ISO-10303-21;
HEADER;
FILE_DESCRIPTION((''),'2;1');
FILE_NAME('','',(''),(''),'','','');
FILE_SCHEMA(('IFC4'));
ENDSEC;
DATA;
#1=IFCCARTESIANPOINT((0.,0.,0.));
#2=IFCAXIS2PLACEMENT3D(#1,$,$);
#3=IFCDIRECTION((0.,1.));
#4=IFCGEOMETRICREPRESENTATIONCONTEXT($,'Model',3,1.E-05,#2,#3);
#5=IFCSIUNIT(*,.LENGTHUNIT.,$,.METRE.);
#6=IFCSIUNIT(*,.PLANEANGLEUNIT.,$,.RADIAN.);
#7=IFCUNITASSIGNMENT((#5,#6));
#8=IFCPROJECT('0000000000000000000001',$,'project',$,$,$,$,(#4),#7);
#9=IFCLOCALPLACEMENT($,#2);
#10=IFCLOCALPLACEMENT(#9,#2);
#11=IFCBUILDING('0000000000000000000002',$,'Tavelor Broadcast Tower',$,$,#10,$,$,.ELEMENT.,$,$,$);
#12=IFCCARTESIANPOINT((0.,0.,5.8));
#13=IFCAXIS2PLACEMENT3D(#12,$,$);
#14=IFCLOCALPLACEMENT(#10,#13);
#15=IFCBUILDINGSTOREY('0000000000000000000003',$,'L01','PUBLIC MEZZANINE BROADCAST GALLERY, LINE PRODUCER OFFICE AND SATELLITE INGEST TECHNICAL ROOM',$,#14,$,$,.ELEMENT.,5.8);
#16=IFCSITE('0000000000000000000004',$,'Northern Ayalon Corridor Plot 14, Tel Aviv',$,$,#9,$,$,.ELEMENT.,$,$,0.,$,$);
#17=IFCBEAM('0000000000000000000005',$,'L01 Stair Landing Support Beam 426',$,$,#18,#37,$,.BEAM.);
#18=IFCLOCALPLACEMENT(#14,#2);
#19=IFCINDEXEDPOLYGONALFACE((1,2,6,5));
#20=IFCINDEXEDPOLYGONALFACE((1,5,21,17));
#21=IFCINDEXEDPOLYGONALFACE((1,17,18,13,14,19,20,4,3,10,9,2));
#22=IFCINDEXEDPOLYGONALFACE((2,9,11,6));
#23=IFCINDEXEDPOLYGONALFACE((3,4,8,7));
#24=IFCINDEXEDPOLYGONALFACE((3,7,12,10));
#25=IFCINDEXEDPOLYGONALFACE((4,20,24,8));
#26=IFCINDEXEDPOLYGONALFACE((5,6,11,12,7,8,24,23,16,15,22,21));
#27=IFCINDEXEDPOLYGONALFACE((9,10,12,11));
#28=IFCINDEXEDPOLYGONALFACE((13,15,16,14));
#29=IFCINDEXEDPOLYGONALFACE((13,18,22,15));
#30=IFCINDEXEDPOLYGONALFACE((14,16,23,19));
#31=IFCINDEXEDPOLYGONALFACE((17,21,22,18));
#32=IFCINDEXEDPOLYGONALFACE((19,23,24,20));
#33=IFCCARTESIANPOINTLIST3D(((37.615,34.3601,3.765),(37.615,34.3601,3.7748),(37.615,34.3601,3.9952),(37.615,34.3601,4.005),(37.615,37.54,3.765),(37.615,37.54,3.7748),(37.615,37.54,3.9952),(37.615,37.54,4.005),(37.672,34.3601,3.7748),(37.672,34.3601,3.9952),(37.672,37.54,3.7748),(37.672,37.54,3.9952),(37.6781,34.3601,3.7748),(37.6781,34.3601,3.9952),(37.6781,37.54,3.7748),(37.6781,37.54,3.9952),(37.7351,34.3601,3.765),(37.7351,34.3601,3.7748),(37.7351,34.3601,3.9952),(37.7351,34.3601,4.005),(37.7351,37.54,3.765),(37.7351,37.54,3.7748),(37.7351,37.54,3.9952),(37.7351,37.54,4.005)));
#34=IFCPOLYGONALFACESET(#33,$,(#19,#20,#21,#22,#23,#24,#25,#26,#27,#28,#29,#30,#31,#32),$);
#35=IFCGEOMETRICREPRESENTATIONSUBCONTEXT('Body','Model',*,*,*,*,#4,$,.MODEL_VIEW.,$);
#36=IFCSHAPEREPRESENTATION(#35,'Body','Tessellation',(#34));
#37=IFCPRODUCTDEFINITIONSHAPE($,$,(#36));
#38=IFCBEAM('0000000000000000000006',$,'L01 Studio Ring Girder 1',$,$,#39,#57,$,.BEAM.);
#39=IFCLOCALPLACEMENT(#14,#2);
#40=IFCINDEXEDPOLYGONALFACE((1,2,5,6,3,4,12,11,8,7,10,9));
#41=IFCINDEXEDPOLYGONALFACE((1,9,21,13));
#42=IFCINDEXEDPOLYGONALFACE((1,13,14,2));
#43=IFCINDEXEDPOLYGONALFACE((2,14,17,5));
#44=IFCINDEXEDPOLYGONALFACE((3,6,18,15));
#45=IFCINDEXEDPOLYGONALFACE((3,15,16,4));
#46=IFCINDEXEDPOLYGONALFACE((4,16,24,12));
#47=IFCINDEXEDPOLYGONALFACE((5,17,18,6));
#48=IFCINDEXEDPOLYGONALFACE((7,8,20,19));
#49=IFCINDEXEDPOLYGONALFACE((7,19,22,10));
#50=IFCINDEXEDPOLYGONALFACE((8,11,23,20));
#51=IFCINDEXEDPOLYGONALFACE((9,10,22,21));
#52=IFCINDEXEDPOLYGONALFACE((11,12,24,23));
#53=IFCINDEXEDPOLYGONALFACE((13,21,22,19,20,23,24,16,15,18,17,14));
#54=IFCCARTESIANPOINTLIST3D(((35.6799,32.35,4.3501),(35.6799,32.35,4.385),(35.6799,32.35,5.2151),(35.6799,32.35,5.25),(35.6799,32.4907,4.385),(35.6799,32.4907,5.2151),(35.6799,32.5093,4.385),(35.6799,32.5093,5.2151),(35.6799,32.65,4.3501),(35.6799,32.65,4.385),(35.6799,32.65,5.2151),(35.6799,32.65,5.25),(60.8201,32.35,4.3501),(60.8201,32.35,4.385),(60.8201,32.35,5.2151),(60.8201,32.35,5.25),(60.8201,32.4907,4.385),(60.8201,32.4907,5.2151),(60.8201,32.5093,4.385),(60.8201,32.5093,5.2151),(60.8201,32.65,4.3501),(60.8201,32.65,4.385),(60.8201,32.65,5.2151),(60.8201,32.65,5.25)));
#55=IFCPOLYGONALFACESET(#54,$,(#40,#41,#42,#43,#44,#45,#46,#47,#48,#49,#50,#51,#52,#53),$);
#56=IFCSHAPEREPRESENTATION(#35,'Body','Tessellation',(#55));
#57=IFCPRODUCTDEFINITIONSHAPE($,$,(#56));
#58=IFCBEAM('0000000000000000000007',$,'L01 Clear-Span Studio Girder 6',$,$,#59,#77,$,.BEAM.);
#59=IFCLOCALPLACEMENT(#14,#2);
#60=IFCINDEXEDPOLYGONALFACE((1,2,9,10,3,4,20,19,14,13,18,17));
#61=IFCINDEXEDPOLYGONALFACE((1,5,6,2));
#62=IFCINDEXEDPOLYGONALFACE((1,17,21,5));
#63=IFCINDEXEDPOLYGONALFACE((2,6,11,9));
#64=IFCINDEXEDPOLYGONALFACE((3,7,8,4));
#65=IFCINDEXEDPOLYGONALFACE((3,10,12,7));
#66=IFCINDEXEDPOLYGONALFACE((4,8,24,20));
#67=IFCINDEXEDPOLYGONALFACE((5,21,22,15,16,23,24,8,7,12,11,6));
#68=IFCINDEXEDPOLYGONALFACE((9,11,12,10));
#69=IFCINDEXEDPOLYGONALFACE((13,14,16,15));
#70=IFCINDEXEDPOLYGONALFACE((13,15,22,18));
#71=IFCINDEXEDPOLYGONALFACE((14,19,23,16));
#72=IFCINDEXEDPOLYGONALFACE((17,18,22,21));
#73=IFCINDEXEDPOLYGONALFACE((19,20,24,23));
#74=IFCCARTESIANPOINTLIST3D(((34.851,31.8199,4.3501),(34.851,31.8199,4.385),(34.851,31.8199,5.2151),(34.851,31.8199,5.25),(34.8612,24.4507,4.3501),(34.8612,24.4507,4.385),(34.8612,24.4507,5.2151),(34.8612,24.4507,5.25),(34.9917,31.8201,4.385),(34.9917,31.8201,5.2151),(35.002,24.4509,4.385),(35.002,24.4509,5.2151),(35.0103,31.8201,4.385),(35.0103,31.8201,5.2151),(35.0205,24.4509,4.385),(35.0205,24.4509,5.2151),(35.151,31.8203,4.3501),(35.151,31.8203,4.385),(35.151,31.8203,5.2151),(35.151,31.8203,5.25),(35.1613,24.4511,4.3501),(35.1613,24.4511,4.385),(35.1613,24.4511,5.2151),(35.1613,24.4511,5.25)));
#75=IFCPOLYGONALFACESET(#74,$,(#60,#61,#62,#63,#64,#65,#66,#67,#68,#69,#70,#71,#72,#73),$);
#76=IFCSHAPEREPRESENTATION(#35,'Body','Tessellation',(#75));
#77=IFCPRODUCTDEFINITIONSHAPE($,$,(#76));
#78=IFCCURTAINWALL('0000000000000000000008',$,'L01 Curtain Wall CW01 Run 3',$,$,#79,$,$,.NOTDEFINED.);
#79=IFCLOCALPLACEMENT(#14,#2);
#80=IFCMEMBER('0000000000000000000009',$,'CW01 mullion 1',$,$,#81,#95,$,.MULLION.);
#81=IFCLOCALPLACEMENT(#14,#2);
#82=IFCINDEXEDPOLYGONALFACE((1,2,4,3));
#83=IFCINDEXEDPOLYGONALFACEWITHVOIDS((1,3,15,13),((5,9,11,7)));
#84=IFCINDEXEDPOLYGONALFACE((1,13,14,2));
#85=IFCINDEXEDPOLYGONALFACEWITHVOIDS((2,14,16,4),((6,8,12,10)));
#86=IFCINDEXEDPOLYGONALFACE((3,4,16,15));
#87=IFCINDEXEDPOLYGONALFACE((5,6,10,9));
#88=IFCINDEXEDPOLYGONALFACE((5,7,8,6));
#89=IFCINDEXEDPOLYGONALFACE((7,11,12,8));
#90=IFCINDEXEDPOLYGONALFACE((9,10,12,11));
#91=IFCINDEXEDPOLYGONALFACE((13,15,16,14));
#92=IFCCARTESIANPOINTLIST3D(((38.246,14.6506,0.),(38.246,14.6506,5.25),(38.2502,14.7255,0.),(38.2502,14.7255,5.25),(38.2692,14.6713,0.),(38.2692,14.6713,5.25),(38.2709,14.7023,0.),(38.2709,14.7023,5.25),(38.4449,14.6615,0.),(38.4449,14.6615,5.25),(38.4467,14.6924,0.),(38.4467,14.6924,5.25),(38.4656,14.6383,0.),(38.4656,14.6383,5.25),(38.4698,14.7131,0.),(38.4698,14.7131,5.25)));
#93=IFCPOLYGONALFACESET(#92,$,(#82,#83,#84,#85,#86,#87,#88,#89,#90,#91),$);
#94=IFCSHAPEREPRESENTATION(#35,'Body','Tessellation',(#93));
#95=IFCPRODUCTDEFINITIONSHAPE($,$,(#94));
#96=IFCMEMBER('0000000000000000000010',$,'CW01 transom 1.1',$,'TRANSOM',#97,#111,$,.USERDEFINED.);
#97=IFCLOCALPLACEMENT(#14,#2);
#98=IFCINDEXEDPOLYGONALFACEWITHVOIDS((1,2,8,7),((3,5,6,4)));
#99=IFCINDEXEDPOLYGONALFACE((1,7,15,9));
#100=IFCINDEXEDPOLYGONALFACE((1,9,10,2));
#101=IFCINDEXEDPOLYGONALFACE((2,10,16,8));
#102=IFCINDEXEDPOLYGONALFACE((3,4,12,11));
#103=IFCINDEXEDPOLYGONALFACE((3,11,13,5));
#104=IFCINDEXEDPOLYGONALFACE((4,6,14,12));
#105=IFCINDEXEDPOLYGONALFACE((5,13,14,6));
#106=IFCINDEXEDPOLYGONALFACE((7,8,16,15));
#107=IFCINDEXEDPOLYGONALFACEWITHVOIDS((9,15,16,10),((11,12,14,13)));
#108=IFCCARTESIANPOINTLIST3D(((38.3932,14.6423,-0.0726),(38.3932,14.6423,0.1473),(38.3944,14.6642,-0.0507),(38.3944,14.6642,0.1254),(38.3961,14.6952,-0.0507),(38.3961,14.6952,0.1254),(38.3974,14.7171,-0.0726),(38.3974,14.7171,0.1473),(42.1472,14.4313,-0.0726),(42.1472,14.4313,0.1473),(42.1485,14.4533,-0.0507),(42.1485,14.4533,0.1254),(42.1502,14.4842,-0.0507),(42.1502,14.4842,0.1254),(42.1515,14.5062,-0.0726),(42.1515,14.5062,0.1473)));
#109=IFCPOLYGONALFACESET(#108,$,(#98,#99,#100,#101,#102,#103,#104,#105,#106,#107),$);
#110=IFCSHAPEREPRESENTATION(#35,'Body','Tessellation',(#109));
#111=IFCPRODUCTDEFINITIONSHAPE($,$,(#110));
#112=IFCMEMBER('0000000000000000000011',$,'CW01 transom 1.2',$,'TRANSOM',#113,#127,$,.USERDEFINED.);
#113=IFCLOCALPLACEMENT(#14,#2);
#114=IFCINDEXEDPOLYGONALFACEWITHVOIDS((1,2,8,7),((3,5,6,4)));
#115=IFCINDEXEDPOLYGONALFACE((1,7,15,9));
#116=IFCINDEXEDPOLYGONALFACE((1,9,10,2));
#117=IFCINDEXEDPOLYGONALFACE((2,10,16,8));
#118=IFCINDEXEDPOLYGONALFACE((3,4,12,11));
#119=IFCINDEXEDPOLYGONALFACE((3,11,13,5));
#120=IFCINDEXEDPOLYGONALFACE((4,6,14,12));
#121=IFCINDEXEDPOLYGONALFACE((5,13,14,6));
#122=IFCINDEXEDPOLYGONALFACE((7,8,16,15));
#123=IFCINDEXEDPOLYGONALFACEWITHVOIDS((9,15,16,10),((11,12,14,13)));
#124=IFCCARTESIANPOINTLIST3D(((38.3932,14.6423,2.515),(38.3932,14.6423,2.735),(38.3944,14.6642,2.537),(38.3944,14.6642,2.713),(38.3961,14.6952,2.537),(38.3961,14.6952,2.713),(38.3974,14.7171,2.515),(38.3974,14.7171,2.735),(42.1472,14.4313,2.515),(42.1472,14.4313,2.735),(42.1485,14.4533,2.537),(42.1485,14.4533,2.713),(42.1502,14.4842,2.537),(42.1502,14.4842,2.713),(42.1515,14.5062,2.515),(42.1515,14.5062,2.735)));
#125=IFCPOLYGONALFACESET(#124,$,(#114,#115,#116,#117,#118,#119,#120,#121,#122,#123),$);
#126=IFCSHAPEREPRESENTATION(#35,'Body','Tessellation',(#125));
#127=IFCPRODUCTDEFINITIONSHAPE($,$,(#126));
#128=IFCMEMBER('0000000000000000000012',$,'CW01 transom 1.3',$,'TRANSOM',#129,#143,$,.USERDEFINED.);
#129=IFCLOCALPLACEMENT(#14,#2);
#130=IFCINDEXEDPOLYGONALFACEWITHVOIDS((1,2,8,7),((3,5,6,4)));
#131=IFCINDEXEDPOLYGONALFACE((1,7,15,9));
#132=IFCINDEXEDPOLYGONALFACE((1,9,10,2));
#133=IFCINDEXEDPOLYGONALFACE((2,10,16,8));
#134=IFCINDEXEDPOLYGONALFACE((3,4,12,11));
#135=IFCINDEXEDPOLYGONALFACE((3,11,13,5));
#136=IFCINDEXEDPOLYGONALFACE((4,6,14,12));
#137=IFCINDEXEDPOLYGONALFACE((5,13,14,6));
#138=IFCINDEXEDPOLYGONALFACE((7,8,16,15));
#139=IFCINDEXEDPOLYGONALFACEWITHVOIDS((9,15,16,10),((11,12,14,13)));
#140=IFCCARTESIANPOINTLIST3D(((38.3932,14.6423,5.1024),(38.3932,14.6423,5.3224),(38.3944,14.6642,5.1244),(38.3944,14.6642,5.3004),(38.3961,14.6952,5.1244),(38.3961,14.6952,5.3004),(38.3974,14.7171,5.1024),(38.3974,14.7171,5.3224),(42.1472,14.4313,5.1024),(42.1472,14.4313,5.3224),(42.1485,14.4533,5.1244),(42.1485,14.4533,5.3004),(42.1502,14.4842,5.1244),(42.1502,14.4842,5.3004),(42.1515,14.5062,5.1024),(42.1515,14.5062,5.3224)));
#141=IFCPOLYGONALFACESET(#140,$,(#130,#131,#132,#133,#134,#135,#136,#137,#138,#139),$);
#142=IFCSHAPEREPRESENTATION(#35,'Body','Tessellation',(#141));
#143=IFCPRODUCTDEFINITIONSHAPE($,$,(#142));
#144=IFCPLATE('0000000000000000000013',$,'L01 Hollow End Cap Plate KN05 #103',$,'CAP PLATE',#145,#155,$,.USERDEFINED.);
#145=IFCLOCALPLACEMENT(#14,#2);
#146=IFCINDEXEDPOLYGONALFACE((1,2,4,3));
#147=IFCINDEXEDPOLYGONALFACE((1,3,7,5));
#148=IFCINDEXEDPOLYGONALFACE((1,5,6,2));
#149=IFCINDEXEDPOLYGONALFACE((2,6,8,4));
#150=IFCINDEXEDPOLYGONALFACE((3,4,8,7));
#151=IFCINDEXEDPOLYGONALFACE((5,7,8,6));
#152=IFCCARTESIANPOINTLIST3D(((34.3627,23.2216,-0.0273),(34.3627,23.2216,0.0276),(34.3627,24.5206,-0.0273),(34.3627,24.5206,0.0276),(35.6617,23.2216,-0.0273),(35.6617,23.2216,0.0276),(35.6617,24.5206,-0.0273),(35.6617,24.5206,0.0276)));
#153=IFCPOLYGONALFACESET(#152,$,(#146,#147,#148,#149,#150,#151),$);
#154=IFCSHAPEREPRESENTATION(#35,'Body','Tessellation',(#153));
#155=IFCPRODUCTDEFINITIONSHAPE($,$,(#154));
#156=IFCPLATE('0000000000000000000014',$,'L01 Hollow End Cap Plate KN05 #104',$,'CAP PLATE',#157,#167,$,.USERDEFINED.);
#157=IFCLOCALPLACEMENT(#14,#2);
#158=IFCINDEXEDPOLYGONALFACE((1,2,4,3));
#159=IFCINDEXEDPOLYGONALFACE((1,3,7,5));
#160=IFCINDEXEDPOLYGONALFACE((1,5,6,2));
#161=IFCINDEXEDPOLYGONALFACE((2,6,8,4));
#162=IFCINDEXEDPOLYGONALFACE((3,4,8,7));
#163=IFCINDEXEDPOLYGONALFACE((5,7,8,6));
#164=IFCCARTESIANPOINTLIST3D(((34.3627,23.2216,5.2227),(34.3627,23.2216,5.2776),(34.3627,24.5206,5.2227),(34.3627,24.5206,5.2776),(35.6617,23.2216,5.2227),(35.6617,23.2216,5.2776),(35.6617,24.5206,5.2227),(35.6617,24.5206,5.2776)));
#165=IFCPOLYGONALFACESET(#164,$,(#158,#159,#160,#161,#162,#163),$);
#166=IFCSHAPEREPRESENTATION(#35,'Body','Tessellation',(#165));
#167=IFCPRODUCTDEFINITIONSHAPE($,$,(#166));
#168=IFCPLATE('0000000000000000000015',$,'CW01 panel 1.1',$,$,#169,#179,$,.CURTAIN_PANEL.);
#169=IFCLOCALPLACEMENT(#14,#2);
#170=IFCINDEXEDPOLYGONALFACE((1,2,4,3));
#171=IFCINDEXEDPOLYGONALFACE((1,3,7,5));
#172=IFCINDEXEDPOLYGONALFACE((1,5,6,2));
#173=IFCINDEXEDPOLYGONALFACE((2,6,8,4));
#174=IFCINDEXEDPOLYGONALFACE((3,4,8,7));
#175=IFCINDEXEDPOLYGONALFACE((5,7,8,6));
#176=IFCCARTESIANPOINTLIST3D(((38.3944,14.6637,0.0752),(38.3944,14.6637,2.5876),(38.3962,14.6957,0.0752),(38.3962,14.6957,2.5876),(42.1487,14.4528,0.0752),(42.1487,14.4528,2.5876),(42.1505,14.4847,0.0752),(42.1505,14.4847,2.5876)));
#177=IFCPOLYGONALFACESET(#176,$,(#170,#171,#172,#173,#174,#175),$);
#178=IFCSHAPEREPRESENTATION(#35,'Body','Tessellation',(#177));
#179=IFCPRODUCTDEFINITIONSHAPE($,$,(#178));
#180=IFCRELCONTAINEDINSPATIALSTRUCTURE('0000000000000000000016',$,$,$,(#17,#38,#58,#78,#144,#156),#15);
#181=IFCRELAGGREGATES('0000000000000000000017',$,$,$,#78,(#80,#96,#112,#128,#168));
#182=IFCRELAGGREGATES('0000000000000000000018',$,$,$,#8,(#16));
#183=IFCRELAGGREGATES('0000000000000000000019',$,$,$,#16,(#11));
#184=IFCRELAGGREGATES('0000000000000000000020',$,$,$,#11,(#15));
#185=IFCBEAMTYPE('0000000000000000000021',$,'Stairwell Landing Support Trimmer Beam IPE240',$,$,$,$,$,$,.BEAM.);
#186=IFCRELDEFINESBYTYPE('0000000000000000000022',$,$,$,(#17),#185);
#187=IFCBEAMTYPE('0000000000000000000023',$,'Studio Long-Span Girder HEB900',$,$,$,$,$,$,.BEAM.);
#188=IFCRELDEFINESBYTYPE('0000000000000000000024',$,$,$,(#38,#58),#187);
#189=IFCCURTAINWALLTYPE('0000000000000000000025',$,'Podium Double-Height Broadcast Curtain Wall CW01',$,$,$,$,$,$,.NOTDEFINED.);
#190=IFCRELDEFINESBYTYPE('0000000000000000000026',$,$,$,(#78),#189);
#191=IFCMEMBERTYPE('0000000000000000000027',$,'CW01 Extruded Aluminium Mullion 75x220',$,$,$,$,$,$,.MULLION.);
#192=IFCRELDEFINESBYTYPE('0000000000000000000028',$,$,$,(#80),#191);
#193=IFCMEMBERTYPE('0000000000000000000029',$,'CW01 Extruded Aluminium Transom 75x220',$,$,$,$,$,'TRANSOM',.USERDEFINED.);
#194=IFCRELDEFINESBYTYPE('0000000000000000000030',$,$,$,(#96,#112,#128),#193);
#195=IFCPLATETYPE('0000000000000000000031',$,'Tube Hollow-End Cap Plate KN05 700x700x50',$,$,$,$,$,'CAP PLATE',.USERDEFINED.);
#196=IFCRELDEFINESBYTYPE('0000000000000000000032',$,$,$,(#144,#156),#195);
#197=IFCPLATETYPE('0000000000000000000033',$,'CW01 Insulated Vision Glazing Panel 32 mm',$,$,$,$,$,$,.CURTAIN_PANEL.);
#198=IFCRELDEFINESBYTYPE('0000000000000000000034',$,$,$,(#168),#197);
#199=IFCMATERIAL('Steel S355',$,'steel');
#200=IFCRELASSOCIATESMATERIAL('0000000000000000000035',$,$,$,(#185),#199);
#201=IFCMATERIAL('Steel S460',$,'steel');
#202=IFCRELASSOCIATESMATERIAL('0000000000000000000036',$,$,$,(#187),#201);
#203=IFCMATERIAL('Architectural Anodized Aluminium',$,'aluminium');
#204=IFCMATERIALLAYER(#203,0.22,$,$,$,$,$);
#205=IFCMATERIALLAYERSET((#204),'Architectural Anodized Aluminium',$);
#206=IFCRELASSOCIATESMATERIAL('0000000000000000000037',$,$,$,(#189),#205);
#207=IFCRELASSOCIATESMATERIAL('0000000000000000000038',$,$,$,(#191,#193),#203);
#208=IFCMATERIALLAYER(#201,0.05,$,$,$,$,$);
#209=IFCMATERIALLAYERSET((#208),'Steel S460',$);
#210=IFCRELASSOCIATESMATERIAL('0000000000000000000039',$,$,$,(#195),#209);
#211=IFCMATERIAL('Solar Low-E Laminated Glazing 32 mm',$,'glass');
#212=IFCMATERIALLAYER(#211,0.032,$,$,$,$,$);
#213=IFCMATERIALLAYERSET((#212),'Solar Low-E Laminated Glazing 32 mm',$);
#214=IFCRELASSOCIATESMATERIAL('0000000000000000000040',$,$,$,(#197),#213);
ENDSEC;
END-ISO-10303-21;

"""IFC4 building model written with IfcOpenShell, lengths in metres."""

from ifc_helpers import new_model, si_unit, direction, frame, origin, origin_2d, place, context, subcontext, project, spatial, rectangle, hollow_rectangle, i_section, extrude, source, transform, mapped, material, layer, layer_set, material_profile, profile_set, type_object, type_shapes, element, aggregate, save


model = new_model("IFC4")

# Units and contexts
model_context = context("Model", 3, precision=1e-05, world=origin(), true_north=direction((0.0, 1.0)))
body_context = subcontext(model_context, "Body", "Model", "MODEL_VIEW")
ifc_project = project(units=[si_unit("LENGTHUNIT", "METRE"), si_unit("PLANEANGLEUNIT", "RADIAN")], contexts=[model_context])

# Site, building, storey
site_placement = place(None, origin())
site = spatial("IfcSite", under=ifc_project, at=site_placement, Name="Northern Ayalon Corridor Plot 14, Tel Aviv", CompositionType="ELEMENT", RefElevation=0.0)
building_placement = place(site_placement, origin())
building = spatial("IfcBuilding", under=site, at=building_placement, Name="Tavelor Broadcast Tower", CompositionType="ELEMENT")
storey_placement = place(building_placement, frame((0.0, 0.0, 5.8)))
storey = spatial("IfcBuildingStorey", under=building, at=storey_placement, Name="L01", Description="PUBLIC MEZZANINE BROADCAST GALLERY, LINE PRODUCER OFFICE AND SATELLITE INGEST TECHNICAL ROOM", CompositionType="ELEMENT", Elevation=5.8)

# Shared definitions
ifc_material_1 = material(Name="Steel S460", Category="steel")

# Beams
ifc_material_2 = material(Name="Steel S355", Category="steel")
ifc_material_profile_1 = material_profile(ifc_material_2, i_section(OverallWidth=0.1201, OverallDepth=0.24, WebThickness=0.0061, FlangeThickness=0.0098, at=origin_2d()), Name="IPE 240")
ifc_profile_set_1 = profile_set([ifc_material_profile_1], Name="Steel S355")
beam_type_1 = type_object("IfcBeamType", Name="Stairwell Landing Support Trimmer Beam IPE240", PredefinedType="BEAM", material=ifc_profile_set_1)
for number, where, z_axis, x_axis, name in (
    (1, (37.675, 34.3601, 3.885), (0.0, 1.0, 0.0), (-1.0, 0.0, 0.0), "L01 Stair Landing Support Beam 426"),
):
    element("IfcBeam", number, at=place(storey_placement, frame(where, z_axis=z_axis, x_axis=x_axis)), inside=storey, type_object=beam_type_1, Name=name, PredefinedType="BEAM", context=body_context, shape_type="SweptSolid", body=[
        extrude(i_section(OverallWidth=0.1201, OverallDepth=0.24, WebThickness=0.0061, FlangeThickness=0.0098, at=origin_2d()), origin(), (0.0, 0.0, 1.0), 3.1799),
    ])
ifc_material_profile_2 = material_profile(ifc_material_1, i_section(OverallWidth=0.3, OverallDepth=0.8999, WebThickness=0.0186, FlangeThickness=0.0349, at=origin_2d()), Name="HEB 900")
ifc_profile_set_2 = profile_set([ifc_material_profile_2], Name="Steel S460")
beam_type_2 = type_object("IfcBeamType", Name="Studio Long-Span Girder HEB900", PredefinedType="BEAM", material=ifc_profile_set_2)
beam_1_placement = place(storey_placement, frame((35.6799, 32.5, 4.8), z_axis=(1.0, 0.0, 0.0), x_axis=(0.0, 1.0, 0.0)))
element("IfcBeam", 2, at=beam_1_placement, inside=storey, type_object=beam_type_2, Name="L01 Studio Ring Girder 1", PredefinedType="BEAM", context=body_context, shape_type="SweptSolid", body=[
    extrude(i_section(OverallWidth=0.3, OverallDepth=0.8999, WebThickness=0.0186, FlangeThickness=0.0349, at=origin_2d()), origin(), (0.0, 0.0, 1.0), 25.1401),
])
beam_2_placement = place(storey_placement, frame((35.001, 31.8201, 4.8), z_axis=(0.001391, -0.999999, 0.0), x_axis=(0.999999, 0.001391, 0.0)))
element("IfcBeam", 3, at=beam_2_placement, inside=storey, type_object=beam_type_2, Name="L01 Clear-Span Studio Girder 6", PredefinedType="BEAM", context=body_context, shape_type="SweptSolid", body=[
    extrude(i_section(OverallWidth=0.3, OverallDepth=0.8999, WebThickness=0.0186, FlangeThickness=0.0349, at=origin_2d()), origin(), (0.0, 0.0, 1.0), 7.3691),
])

# Curtain wall, members
ifc_material_3 = material(Name="Architectural Anodized Aluminium", Category="aluminium")
ifc_layer_1 = layer(ifc_material_3, 0.22)
ifc_layer_set_1 = layer_set([ifc_layer_1], Name="Architectural Anodized Aluminium")
curtain_wall_type = type_object("IfcCurtainWallType", Name="Podium Double-Height Broadcast Curtain Wall CW01", PredefinedType="NOTDEFINED", material=ifc_layer_set_1)
curtain_wall_placement = place(storey_placement, origin())
curtain_wall = element("IfcCurtainWall", 4, at=curtain_wall_placement, inside=storey, type_object=curtain_wall_type, Name="L01 Curtain Wall CW01 Run 3", PredefinedType="NOTDEFINED")
ifc_material_profile_3 = material_profile(ifc_material_3, hollow_rectangle(XDim=0.075, YDim=0.22, WallThickness=0.022, at=origin_2d()), Name="RHS 75x220x22")
ifc_profile_set_3 = profile_set([ifc_material_profile_3], Name="Architectural Anodized Aluminium")
member_type_1 = type_object("IfcMemberType", Name="CW01 Extruded Aluminium Mullion 75x220", PredefinedType="MULLION", material=ifc_profile_set_3)
shared_shape_1 = source(origin(), body_context, "Body", "SweptSolid", [
    extrude(hollow_rectangle(XDim=0.075, YDim=0.22, WallThickness=0.022, at=origin_2d()), origin(), (0.0, 0.0, 1.0), 5.25),
])
type_shapes(member_type_1, [shared_shape_1])
member_1_placement = place(storey_placement, frame((38.3579, 14.6819, 0.0), z_axis=(0.0, 0.0, 1.0), x_axis=(0.056103, 0.998425, 0.0)))
member_1 = element("IfcMember", 5, at=member_1_placement, type_object=member_type_1, Name="CW01 mullion 1", PredefinedType="MULLION", context=body_context, shape_type="MappedRepresentation", body=[
    mapped(shared_shape_1, transform((0.0, 0.0, 0.0), scale=1.0)),
])
ifc_material_profile_4 = material_profile(ifc_material_3, hollow_rectangle(XDim=0.075, YDim=0.22, WallThickness=0.022, at=origin_2d()), Name="RHS 75x220x22")
ifc_profile_set_4 = profile_set([ifc_material_profile_4], Name="Architectural Anodized Aluminium")
member_type_2 = type_object("IfcMemberType", Name="CW01 Extruded Aluminium Transom 75x220", ElementType="TRANSOM", PredefinedType="USERDEFINED", material=ifc_profile_set_4)
shared_shape_2 = source(origin(), body_context, "Body", "SweptSolid", [
    extrude(hollow_rectangle(XDim=0.075, YDim=0.22, WallThickness=0.022, at=origin_2d()), origin(), (0.0, 0.0, 1.0), 3.76),
])
type_shapes(member_type_2, [shared_shape_2])
member_2_placement = place(storey_placement, frame((38.3953, 14.6797, 0.0374), z_axis=(0.998425, -0.056099, 0.0), x_axis=(0.056099, 0.998425, 0.0)))
member_2 = element("IfcMember", 6, at=member_2_placement, type_object=member_type_2, Name="CW01 transom 1.1", ObjectType="TRANSOM", PredefinedType="USERDEFINED", context=body_context, shape_type="MappedRepresentation", body=[
    mapped(shared_shape_2, transform((0.0, 0.0, 0.0), scale=1.0)),
])
member_3_placement = place(storey_placement, frame((38.3953, 14.6797, 2.625), z_axis=(0.998425, -0.056099, 0.0), x_axis=(0.056099, 0.998425, 0.0)))
member_3 = element("IfcMember", 7, at=member_3_placement, type_object=member_type_2, Name="CW01 transom 1.2", ObjectType="TRANSOM", PredefinedType="USERDEFINED", context=body_context, shape_type="MappedRepresentation", body=[
    mapped(shared_shape_2, transform((0.0, 0.0, 0.0), scale=1.0)),
])
member_4_placement = place(storey_placement, frame((38.3953, 14.6797, 5.2124), z_axis=(0.998425, -0.056099, 0.0), x_axis=(0.056099, 0.998425, 0.0)))
member_4 = element("IfcMember", 8, at=member_4_placement, type_object=member_type_2, Name="CW01 transom 1.3", ObjectType="TRANSOM", PredefinedType="USERDEFINED", context=body_context, shape_type="MappedRepresentation", body=[
    mapped(shared_shape_2, transform((0.0, 0.0, 0.0), scale=1.0)),
])

# Plates
ifc_layer_2 = layer(ifc_material_1, 0.05)
ifc_layer_set_2 = layer_set([ifc_layer_2], Name="Steel S460")
plate_type_1 = type_object("IfcPlateType", Name="Tube Hollow-End Cap Plate KN05 700x700x50", ElementType="CAP PLATE", PredefinedType="USERDEFINED", material=ifc_layer_set_2)
shared_shape_3 = source(origin(), body_context, "Body", "SweptSolid", [
    extrude(rectangle(XDim=1.2991, YDim=1.2991, at=origin_2d()), origin(), (0.0, 0.0, 1.0), 0.0549),
])
type_shapes(plate_type_1, [shared_shape_3])
for number, where, z_axis, x_axis, name in (
    (9, (35.0122, 23.8711, -0.0273), (0.0, 0.0, 1.0), (1.0, 0.0, 0.0), "L01 Hollow End Cap Plate KN05 #103"),
    (10, (35.0122, 23.8711, 5.2227), (0.0, 0.0, 1.0), (1.0, 0.0, 0.0), "L01 Hollow End Cap Plate KN05 #104"),
):
    element("IfcPlate", number, at=place(storey_placement, frame(where, z_axis=z_axis, x_axis=x_axis)), inside=storey, type_object=plate_type_1, Name=name, ObjectType="CAP PLATE", PredefinedType="USERDEFINED", context=body_context, shape_type="MappedRepresentation", body=[
        mapped(shared_shape_3, transform((0.0, 0.0, 0.0), scale=1.0)),
    ])

# Plate
ifc_material_4 = material(Name="Solar Low-E Laminated Glazing 32 mm", Category="glass")
ifc_layer_3 = layer(ifc_material_4, 0.032)
ifc_layer_set_3 = layer_set([ifc_layer_3], Name="Solar Low-E Laminated Glazing 32 mm")
plate_type_2 = type_object("IfcPlateType", Name="CW01 Insulated Vision Glazing Panel 32 mm", PredefinedType="CURTAIN_PANEL", material=ifc_layer_set_3)
shared_shape_4 = source(origin(), body_context, "Body", "SweptSolid", [
    extrude(rectangle(XDim=3.7603, YDim=0.032, at=origin_2d()), origin(), (0.0, 0.0, 1.0), 2.5125),
])
type_shapes(plate_type_2, [shared_shape_4])
plate_1_placement = place(storey_placement, frame((40.2725, 14.5742, 0.0752), z_axis=(0.0, 0.0, 1.0), x_axis=(0.998425, -0.056103, 0.0)))
plate_1 = element("IfcPlate", 11, at=plate_1_placement, type_object=plate_type_2, Name="CW01 panel 1.1", PredefinedType="CURTAIN_PANEL", context=body_context, shape_type="MappedRepresentation", body=[
    mapped(shared_shape_4, transform((0.0, 0.0, 0.0), scale=1.0)),
])
aggregate(curtain_wall, [member_1, member_2, member_3, member_4, plate_1])

save(model, "model.ifc")
